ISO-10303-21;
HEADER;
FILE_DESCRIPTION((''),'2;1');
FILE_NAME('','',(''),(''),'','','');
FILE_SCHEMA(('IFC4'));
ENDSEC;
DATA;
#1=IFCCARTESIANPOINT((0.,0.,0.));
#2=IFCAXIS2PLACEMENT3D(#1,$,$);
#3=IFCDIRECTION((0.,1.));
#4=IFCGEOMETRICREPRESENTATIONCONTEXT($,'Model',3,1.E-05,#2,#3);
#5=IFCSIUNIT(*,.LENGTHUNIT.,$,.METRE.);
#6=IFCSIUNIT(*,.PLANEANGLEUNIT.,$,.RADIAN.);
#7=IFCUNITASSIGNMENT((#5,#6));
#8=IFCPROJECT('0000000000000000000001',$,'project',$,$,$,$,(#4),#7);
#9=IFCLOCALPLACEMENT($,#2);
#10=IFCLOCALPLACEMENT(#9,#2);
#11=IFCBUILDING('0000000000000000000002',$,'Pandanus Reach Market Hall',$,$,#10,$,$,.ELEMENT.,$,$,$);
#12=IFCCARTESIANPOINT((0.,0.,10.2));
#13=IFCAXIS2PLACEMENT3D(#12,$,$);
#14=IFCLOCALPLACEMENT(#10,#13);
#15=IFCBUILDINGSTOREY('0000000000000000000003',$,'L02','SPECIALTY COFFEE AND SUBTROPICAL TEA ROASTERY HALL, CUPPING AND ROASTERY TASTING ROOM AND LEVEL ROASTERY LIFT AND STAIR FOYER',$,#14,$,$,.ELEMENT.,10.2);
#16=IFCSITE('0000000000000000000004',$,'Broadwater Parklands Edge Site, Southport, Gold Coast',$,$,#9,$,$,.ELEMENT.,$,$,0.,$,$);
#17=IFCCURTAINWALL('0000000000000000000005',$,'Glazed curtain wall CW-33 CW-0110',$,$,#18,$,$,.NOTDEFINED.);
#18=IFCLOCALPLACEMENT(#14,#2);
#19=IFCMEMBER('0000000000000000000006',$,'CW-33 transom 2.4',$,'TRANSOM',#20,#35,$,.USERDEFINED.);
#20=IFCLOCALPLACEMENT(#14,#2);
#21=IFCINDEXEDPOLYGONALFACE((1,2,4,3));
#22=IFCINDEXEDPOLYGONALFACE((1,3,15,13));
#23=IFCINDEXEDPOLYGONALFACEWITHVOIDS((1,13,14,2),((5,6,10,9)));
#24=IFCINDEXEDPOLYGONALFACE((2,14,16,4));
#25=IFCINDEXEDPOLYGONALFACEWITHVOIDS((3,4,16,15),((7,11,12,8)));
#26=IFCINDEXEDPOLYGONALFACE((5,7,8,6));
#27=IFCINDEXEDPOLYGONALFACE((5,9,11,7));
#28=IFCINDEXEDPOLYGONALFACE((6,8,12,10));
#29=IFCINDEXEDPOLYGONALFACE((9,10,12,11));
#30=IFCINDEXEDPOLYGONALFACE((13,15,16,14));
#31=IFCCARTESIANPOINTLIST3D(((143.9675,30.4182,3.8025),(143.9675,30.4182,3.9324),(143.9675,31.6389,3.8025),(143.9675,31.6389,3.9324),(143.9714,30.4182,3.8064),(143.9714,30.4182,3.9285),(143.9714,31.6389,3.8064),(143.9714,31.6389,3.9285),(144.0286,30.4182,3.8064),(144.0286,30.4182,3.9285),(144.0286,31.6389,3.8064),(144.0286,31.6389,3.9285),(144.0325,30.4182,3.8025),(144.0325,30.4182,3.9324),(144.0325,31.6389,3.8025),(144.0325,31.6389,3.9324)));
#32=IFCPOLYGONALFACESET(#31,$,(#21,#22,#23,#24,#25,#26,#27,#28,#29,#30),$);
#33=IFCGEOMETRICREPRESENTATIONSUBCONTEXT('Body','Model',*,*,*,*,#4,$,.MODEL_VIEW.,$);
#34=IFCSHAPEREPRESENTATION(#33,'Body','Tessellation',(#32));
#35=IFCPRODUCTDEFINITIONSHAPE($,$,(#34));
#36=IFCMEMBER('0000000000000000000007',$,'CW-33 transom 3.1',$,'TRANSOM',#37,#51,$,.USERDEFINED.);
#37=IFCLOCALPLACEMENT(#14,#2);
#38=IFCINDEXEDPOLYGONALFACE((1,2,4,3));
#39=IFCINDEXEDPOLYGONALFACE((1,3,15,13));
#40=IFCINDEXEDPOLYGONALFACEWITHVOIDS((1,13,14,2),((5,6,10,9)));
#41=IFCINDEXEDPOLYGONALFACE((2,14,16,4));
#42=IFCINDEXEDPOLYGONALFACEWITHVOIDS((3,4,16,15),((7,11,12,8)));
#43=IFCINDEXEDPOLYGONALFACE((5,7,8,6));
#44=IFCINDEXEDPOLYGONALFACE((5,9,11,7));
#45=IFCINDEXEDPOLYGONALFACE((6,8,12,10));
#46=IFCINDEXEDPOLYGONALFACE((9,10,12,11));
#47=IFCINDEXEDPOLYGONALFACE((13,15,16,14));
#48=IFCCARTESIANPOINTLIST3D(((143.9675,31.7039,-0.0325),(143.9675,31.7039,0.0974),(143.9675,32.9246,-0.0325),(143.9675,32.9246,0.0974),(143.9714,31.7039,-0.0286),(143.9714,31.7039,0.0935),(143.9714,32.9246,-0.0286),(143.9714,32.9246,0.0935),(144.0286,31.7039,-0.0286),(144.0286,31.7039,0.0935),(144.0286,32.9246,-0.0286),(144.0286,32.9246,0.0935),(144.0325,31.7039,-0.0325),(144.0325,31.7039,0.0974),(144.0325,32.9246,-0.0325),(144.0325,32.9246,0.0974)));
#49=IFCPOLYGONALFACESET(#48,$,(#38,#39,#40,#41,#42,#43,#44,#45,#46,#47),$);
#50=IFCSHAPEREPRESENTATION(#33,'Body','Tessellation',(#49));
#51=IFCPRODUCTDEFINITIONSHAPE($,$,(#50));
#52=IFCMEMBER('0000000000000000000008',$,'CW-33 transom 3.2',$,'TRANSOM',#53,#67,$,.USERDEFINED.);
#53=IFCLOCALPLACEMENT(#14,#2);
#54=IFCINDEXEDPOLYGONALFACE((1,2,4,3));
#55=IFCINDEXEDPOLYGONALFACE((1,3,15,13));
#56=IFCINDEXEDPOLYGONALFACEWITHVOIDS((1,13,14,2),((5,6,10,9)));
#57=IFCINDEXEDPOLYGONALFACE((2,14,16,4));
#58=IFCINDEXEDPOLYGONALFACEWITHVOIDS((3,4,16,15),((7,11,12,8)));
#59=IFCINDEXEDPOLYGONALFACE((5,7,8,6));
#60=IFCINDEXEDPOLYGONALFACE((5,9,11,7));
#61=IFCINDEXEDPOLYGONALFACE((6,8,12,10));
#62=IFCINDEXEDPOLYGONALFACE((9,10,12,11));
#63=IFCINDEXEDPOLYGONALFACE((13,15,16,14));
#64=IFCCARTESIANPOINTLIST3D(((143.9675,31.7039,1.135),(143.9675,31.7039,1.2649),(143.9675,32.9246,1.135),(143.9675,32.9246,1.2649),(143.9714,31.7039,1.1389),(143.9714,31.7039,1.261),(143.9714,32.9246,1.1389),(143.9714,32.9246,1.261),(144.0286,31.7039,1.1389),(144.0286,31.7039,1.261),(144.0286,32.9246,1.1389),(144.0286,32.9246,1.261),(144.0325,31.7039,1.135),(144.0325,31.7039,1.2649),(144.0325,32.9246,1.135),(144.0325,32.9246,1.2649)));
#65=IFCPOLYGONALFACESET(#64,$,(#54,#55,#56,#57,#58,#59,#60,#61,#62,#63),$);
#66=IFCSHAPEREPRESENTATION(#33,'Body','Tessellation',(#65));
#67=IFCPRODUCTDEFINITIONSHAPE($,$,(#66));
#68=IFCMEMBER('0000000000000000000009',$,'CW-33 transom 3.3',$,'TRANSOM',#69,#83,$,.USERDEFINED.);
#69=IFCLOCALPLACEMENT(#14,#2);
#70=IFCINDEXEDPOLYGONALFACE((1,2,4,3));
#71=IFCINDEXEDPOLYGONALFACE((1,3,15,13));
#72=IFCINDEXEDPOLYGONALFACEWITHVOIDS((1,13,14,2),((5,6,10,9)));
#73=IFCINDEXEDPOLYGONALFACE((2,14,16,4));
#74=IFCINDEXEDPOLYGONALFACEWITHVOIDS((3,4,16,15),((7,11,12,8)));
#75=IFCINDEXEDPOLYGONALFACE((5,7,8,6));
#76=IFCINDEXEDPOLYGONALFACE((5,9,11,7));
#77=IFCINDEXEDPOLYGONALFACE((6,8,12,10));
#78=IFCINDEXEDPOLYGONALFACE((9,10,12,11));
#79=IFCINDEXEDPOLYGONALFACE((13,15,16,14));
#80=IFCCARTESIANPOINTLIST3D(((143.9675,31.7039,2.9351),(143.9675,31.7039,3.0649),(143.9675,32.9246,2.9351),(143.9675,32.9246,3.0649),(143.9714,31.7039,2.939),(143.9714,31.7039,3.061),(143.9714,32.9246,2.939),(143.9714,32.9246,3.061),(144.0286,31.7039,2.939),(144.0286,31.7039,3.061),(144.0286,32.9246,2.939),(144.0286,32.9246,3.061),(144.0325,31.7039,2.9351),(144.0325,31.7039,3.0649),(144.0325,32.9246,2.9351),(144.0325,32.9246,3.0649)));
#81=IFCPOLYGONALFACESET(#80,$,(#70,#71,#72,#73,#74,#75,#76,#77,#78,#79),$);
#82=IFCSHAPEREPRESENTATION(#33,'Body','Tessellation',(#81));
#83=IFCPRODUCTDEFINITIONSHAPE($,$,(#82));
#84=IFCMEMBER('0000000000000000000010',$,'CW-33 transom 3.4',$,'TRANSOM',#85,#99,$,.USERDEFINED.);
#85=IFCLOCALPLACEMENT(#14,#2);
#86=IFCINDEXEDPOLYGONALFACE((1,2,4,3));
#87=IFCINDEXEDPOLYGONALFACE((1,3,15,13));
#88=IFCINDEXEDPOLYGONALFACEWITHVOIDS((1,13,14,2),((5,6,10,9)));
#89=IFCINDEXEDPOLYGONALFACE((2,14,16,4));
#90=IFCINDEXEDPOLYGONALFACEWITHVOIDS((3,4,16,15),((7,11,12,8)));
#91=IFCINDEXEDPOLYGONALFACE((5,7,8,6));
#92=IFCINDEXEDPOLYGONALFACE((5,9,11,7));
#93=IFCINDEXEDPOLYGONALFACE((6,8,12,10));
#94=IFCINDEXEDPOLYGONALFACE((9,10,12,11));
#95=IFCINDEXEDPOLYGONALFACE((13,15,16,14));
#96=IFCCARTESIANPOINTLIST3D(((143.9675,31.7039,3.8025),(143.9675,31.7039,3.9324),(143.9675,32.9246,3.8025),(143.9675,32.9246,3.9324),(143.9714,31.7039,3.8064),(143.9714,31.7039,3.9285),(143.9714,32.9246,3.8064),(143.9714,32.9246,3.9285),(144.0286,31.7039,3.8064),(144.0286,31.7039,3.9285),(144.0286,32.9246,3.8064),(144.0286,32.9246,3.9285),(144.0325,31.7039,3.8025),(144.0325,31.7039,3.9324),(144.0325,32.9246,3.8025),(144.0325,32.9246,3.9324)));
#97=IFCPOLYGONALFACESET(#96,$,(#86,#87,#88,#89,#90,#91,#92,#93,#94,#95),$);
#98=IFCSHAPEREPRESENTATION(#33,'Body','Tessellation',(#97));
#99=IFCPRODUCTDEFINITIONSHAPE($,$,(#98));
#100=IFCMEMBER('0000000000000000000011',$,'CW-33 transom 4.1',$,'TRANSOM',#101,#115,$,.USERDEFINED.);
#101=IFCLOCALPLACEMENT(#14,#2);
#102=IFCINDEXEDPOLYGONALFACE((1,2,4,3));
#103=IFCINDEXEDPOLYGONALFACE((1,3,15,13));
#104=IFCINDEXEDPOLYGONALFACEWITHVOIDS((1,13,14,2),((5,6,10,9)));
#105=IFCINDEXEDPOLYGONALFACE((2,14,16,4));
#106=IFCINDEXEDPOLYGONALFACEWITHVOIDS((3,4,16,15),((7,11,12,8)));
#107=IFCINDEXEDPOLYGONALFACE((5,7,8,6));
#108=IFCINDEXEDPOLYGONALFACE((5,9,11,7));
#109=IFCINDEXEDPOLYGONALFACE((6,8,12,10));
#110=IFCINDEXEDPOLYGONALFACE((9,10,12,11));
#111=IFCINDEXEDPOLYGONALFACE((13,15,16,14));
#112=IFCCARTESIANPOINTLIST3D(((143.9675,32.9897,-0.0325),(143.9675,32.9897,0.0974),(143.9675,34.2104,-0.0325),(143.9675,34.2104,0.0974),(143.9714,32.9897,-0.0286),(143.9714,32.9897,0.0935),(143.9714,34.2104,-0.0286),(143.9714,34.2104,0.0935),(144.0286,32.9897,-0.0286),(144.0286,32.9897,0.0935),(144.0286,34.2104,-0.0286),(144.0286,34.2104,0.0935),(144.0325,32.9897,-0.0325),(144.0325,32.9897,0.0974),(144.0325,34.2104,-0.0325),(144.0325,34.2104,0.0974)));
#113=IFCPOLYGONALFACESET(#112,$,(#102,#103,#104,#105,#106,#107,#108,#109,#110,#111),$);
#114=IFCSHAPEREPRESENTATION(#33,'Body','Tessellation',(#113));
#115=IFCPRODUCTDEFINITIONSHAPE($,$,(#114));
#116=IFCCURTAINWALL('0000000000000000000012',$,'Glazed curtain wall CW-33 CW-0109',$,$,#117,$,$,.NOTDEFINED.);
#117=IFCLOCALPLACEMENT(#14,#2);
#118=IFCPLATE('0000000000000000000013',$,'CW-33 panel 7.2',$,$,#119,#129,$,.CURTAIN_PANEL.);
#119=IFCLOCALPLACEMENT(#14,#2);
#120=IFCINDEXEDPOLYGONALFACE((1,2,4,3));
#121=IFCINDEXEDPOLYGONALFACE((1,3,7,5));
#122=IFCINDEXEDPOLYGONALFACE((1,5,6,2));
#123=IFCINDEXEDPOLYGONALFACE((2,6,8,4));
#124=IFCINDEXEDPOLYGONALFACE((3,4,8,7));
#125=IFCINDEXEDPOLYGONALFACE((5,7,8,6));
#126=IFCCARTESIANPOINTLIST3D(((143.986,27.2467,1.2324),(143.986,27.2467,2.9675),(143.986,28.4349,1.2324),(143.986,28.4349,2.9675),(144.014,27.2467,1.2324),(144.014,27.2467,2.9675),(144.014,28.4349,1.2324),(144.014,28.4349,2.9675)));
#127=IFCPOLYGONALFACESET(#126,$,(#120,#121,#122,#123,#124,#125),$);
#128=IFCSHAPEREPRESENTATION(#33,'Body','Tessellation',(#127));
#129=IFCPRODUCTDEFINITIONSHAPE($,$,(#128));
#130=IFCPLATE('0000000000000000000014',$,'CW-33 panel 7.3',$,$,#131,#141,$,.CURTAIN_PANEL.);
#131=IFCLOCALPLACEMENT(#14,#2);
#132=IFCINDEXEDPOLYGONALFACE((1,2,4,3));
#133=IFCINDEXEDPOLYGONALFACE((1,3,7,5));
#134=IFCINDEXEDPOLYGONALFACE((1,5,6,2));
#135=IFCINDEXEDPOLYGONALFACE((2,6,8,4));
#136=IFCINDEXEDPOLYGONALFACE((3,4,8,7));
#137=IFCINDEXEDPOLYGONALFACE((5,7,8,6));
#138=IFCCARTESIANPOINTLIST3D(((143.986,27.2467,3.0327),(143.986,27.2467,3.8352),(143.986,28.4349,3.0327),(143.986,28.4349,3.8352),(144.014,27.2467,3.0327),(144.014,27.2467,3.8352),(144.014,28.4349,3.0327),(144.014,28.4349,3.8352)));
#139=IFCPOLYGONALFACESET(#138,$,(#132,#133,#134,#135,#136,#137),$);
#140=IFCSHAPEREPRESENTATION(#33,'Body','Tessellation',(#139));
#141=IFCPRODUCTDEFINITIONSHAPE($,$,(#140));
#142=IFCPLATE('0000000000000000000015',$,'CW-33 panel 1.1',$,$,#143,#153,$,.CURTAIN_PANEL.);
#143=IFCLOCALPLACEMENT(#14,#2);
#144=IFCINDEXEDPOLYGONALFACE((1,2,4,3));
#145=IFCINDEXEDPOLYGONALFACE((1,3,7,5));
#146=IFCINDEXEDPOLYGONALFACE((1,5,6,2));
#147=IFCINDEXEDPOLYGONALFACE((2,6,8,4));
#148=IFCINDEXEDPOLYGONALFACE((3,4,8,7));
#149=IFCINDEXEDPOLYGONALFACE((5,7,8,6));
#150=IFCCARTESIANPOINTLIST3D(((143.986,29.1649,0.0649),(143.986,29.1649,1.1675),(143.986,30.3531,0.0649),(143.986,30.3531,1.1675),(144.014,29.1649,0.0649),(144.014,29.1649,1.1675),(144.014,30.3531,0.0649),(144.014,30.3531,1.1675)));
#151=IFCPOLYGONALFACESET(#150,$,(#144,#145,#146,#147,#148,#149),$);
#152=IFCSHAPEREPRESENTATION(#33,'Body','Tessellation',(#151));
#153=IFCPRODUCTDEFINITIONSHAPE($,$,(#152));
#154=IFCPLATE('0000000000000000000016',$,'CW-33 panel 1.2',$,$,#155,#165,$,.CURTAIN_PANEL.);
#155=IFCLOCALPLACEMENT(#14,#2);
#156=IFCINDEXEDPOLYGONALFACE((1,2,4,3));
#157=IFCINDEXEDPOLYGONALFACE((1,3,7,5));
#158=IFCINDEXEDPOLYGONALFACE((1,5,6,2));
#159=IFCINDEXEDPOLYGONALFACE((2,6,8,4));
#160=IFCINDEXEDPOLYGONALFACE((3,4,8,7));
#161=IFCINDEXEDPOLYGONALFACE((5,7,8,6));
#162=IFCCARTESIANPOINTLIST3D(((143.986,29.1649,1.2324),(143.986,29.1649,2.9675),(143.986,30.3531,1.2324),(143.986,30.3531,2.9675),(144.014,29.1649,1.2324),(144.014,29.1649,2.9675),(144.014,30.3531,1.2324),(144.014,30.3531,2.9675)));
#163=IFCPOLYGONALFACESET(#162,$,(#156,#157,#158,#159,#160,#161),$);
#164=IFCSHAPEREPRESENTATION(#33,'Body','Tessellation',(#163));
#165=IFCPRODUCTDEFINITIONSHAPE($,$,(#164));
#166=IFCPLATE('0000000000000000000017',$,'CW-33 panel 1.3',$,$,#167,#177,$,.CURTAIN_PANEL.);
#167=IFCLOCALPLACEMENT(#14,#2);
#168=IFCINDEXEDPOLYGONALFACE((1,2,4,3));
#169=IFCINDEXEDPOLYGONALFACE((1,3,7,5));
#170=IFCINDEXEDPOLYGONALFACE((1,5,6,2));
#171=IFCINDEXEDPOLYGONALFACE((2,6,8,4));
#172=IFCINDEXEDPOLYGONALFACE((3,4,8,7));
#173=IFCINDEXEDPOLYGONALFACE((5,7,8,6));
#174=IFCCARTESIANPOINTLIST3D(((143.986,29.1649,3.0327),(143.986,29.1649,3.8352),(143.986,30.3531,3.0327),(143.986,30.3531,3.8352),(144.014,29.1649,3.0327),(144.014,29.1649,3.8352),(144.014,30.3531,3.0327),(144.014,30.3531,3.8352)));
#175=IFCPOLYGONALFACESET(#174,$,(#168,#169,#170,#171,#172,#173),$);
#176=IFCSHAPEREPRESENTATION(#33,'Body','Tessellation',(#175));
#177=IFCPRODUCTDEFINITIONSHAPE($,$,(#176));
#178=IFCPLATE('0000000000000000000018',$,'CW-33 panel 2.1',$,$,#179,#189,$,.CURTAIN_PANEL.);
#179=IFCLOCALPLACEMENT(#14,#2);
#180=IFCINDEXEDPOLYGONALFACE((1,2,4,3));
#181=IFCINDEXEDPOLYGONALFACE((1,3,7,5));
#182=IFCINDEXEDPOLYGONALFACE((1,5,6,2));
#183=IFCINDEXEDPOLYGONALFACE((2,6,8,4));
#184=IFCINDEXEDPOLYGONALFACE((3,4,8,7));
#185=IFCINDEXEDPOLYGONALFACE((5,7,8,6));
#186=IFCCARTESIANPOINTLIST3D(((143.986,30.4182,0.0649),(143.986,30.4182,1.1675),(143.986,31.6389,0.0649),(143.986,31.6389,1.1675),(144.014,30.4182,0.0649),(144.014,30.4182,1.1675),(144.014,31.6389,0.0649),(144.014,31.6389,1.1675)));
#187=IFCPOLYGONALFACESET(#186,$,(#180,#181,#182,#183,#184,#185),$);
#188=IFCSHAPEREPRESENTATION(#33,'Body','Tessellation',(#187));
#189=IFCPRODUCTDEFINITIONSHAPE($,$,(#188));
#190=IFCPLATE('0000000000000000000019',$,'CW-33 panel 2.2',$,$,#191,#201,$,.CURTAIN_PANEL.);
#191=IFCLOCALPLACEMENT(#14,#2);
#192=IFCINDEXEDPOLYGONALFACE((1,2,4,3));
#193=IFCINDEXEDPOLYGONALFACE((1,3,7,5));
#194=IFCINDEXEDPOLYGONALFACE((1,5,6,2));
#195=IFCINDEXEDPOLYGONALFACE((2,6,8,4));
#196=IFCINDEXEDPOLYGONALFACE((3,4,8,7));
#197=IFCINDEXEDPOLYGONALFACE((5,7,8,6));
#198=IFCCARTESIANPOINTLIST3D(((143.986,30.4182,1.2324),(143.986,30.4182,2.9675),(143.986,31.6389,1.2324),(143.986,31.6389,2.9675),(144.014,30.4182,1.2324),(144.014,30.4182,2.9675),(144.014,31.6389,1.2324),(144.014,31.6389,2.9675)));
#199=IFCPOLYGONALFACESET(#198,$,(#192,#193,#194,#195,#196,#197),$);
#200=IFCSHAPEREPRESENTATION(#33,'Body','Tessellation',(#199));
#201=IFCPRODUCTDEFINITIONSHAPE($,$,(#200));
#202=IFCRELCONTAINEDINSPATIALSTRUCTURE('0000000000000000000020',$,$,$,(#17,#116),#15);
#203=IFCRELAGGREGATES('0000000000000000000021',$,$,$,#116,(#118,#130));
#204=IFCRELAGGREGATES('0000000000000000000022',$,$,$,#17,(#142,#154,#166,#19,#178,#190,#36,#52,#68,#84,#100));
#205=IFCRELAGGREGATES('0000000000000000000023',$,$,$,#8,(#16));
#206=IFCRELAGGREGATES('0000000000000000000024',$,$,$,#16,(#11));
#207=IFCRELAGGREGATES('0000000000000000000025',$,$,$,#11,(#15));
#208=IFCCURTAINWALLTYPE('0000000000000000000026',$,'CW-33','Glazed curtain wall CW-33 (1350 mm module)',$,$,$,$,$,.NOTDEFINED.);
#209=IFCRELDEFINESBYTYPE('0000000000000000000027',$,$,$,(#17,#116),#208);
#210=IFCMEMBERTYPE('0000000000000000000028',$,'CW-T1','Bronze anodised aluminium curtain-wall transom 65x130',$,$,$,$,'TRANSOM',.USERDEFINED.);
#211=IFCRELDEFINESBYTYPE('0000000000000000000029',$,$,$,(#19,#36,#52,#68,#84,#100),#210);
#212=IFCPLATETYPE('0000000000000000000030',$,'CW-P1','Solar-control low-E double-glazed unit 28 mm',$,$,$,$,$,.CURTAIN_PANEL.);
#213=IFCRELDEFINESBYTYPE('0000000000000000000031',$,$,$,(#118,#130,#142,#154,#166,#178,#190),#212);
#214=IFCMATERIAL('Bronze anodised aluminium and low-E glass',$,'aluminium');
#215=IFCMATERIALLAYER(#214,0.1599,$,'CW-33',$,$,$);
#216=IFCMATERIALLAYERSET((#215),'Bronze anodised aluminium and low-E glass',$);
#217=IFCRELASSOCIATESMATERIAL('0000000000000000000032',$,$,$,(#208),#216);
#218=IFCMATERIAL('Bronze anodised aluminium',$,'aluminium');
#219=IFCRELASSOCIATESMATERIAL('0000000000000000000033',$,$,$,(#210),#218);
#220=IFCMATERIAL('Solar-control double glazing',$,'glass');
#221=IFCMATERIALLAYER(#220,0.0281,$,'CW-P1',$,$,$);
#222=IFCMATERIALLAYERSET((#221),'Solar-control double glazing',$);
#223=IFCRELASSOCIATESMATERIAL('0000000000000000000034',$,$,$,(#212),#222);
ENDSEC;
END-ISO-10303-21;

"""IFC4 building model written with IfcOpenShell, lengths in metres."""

from ifc_helpers import new_model, si_unit, direction, frame, origin, origin_2d, place, context, subcontext, project, spatial, rectangle, hollow_rectangle, extrude, material, layer, layer_set, material_profile, profile_set, type_object, element, aggregate, save


model = new_model("IFC4")

# Units and contexts
model_context = context("Model", 3, precision=1e-05, world=origin(), true_north=direction((0.0, 1.0)))
body_context = subcontext(model_context, "Body", "Model", "MODEL_VIEW")
ifc_project = project(units=[si_unit("LENGTHUNIT", "METRE"), si_unit("PLANEANGLEUNIT", "RADIAN")], contexts=[model_context])

# Site, building, storey
site_placement = place(None, origin())
site = spatial("IfcSite", under=ifc_project, at=site_placement, Name="Broadwater Parklands Edge Site, Southport, Gold Coast", CompositionType="ELEMENT", RefElevation=0.0)
building_placement = place(site_placement, origin())
building = spatial("IfcBuilding", under=site, at=building_placement, Name="Pandanus Reach Market Hall", CompositionType="ELEMENT")
storey_placement = place(building_placement, frame((0.0, 0.0, 10.2)))
storey = spatial("IfcBuildingStorey", under=building, at=storey_placement, Name="L02", Description="SPECIALTY COFFEE AND SUBTROPICAL TEA ROASTERY HALL, CUPPING AND ROASTERY TASTING ROOM AND LEVEL ROASTERY LIFT AND STAIR FOYER", CompositionType="ELEMENT", Elevation=10.2)

# Curtain wall, members
ifc_material_1 = material(Name="Bronze anodised aluminium and low-E glass", Category="aluminium")
ifc_layer_1 = layer(ifc_material_1, 0.1599, Name="CW-33")
ifc_layer_set_1 = layer_set([ifc_layer_1], Name="Bronze anodised aluminium and low-E glass")
curtain_wall_type = type_object("IfcCurtainWallType", Name="CW-33", Description="Glazed curtain wall CW-33 (1350 mm module)", PredefinedType="NOTDEFINED", material=ifc_layer_set_1)
curtain_wall_1_placement = place(storey_placement, origin())
curtain_wall_1 = element("IfcCurtainWall", 1, at=curtain_wall_1_placement, inside=storey, type_object=curtain_wall_type, Name="Glazed curtain wall CW-33 CW-0110", PredefinedType="NOTDEFINED")
ifc_material_2 = material(Name="Bronze anodised aluminium", Category="aluminium")
ifc_material_profile_1 = material_profile(ifc_material_2, hollow_rectangle(XDim=0.0649, YDim=0.1299, WallThickness=0.0039, at=origin_2d()), Name="ALU65x130", Category="LoadBearing")
ifc_profile_set_1 = profile_set([ifc_material_profile_1], Name="Bronze anodised aluminium")
member_type_1 = type_object("IfcMemberType", Name="CW-T1", Description="Bronze anodised aluminium curtain-wall transom 65x130", ElementType="TRANSOM", PredefinedType="USERDEFINED", material=ifc_profile_set_1)
member_1_placement = place(storey_placement, frame((144.0, 30.4182, 3.8674), z_axis=(0.0, 1.0, 0.0), x_axis=(-1.0, 0.0, 0.0)))
member_1 = element("IfcMember", 2, at=member_1_placement, type_object=member_type_1, Name="CW-33 transom 2.4", ObjectType="TRANSOM", PredefinedType="USERDEFINED", context=body_context, shape_type="SweptSolid", body=[
    extrude(hollow_rectangle(XDim=0.0649, YDim=0.1299, WallThickness=0.0039, at=origin_2d()), origin(), (0.0, 0.0, 1.0), 1.2207),
])
member_2_placement = place(storey_placement, frame((144.0, 31.7039, 0.0325), z_axis=(0.0, 1.0, 0.0), x_axis=(-1.0, 0.0, 0.0)))
member_2 = element("IfcMember", 3, at=member_2_placement, type_object=member_type_1, Name="CW-33 transom 3.1", ObjectType="TRANSOM", PredefinedType="USERDEFINED", context=body_context, shape_type="SweptSolid", body=[
    extrude(hollow_rectangle(XDim=0.0649, YDim=0.1299, WallThickness=0.0039, at=origin_2d()), origin(), (0.0, 0.0, 1.0), 1.2207),
])
member_3_placement = place(storey_placement, frame((144.0, 31.7039, 1.2), z_axis=(0.0, 1.0, 0.0), x_axis=(-1.0, 0.0, 0.0)))
member_3 = element("IfcMember", 4, at=member_3_placement, type_object=member_type_1, Name="CW-33 transom 3.2", ObjectType="TRANSOM", PredefinedType="USERDEFINED", context=body_context, shape_type="SweptSolid", body=[
    extrude(hollow_rectangle(XDim=0.0649, YDim=0.1299, WallThickness=0.0039, at=origin_2d()), origin(), (0.0, 0.0, 1.0), 1.2207),
])
member_4_placement = place(storey_placement, frame((144.0, 31.7039, 3.0), z_axis=(0.0, 1.0, 0.0), x_axis=(-1.0, 0.0, 0.0)))
member_4 = element("IfcMember", 5, at=member_4_placement, type_object=member_type_1, Name="CW-33 transom 3.3", ObjectType="TRANSOM", PredefinedType="USERDEFINED", context=body_context, shape_type="SweptSolid", body=[
    extrude(hollow_rectangle(XDim=0.0649, YDim=0.1299, WallThickness=0.0039, at=origin_2d()), origin(), (0.0, 0.0, 1.0), 1.2207),
])
member_5_placement = place(storey_placement, frame((144.0, 31.7039, 3.8674), z_axis=(0.0, 1.0, 0.0), x_axis=(-1.0, 0.0, 0.0)))
member_5 = element("IfcMember", 6, at=member_5_placement, type_object=member_type_1, Name="CW-33 transom 3.4", ObjectType="TRANSOM", PredefinedType="USERDEFINED", context=body_context, shape_type="SweptSolid", body=[
    extrude(hollow_rectangle(XDim=0.0649, YDim=0.1299, WallThickness=0.0039, at=origin_2d()), origin(), (0.0, 0.0, 1.0), 1.2207),
])
member_6_placement = place(storey_placement, frame((144.0, 32.9897, 0.0325), z_axis=(0.0, 1.0, 0.0), x_axis=(-1.0, 0.0, 0.0)))
member_6 = element("IfcMember", 7, at=member_6_placement, type_object=member_type_1, Name="CW-33 transom 4.1", ObjectType="TRANSOM", PredefinedType="USERDEFINED", context=body_context, shape_type="SweptSolid", body=[
    extrude(hollow_rectangle(XDim=0.0649, YDim=0.1299, WallThickness=0.0039, at=origin_2d()), origin(), (0.0, 0.0, 1.0), 1.2207),
])

# Curtain wall, plates
curtain_wall_2_placement = place(storey_placement, origin())
curtain_wall_2 = element("IfcCurtainWall", 8, at=curtain_wall_2_placement, inside=storey, type_object=curtain_wall_type, Name="Glazed curtain wall CW-33 CW-0109", PredefinedType="NOTDEFINED")
ifc_material_3 = material(Name="Solar-control double glazing", Category="glass")
ifc_layer_2 = layer(ifc_material_3, 0.0281, Name="CW-P1")
ifc_layer_set_2 = layer_set([ifc_layer_2], Name="Solar-control double glazing")
plate_type = type_object("IfcPlateType", Name="CW-P1", Description="Solar-control low-E double-glazed unit 28 mm", PredefinedType="CURTAIN_PANEL", material=ifc_layer_set_2)
plate_1_placement = place(storey_placement, frame((144.0, 27.8408, 1.2324), z_axis=(0.0, 0.0, 1.0), x_axis=(0.0, 1.0, 0.0)))
plate_1 = element("IfcPlate", 9, at=plate_1_placement, type_object=plate_type, Name="CW-33 panel 7.2", PredefinedType="CURTAIN_PANEL", context=body_context, shape_type="SweptSolid", body=[
    extrude(rectangle(XDim=1.1882, YDim=0.0281, at=origin_2d()), origin(), (0.0, 0.0, 1.0), 1.7351),
])
plate_2_placement = place(storey_placement, frame((144.0, 27.8408, 3.0327), z_axis=(0.0, 0.0, 1.0), x_axis=(0.0, 1.0, 0.0)))
plate_2 = element("IfcPlate", 10, at=plate_2_placement, type_object=plate_type, Name="CW-33 panel 7.3", PredefinedType="CURTAIN_PANEL", context=body_context, shape_type="SweptSolid", body=[
    extrude(rectangle(XDim=1.1882, YDim=0.0281, at=origin_2d()), origin(), (0.0, 0.0, 1.0), 0.8025),
])
aggregate(curtain_wall_2, [plate_1, plate_2])

# Plates
plate_3_placement = place(storey_placement, frame((144.0, 29.759, 0.0649), z_axis=(0.0, 0.0, 1.0), x_axis=(0.0, 1.0, 0.0)))
plate_3 = element("IfcPlate", 11, at=plate_3_placement, type_object=plate_type, Name="CW-33 panel 1.1", PredefinedType="CURTAIN_PANEL", context=body_context, shape_type="SweptSolid", body=[
    extrude(rectangle(XDim=1.1882, YDim=0.0281, at=origin_2d()), origin(), (0.0, 0.0, 1.0), 1.1025),
])
plate_4_placement = place(storey_placement, frame((144.0, 29.759, 1.2324), z_axis=(0.0, 0.0, 1.0), x_axis=(0.0, 1.0, 0.0)))
plate_4 = element("IfcPlate", 12, at=plate_4_placement, type_object=plate_type, Name="CW-33 panel 1.2", PredefinedType="CURTAIN_PANEL", context=body_context, shape_type="SweptSolid", body=[
    extrude(rectangle(XDim=1.1882, YDim=0.0281, at=origin_2d()), origin(), (0.0, 0.0, 1.0), 1.7351),
])
plate_5_placement = place(storey_placement, frame((144.0, 29.759, 3.0327), z_axis=(0.0, 0.0, 1.0), x_axis=(0.0, 1.0, 0.0)))
plate_5 = element("IfcPlate", 13, at=plate_5_placement, type_object=plate_type, Name="CW-33 panel 1.3", PredefinedType="CURTAIN_PANEL", context=body_context, shape_type="SweptSolid", body=[
    extrude(rectangle(XDim=1.1882, YDim=0.0281, at=origin_2d()), origin(), (0.0, 0.0, 1.0), 0.8025),
])
plate_6_placement = place(storey_placement, frame((144.0, 31.0286, 0.0649), z_axis=(0.0, 0.0, 1.0), x_axis=(0.0, 1.0, 0.0)))
plate_6 = element("IfcPlate", 14, at=plate_6_placement, type_object=plate_type, Name="CW-33 panel 2.1", PredefinedType="CURTAIN_PANEL", context=body_context, shape_type="SweptSolid", body=[
    extrude(rectangle(XDim=1.2207, YDim=0.0281, at=origin_2d()), origin(), (0.0, 0.0, 1.0), 1.1025),
])
plate_7_placement = place(storey_placement, frame((144.0, 31.0286, 1.2324), z_axis=(0.0, 0.0, 1.0), x_axis=(0.0, 1.0, 0.0)))
plate_7 = element("IfcPlate", 15, at=plate_7_placement, type_object=plate_type, Name="CW-33 panel 2.2", PredefinedType="CURTAIN_PANEL", context=body_context, shape_type="SweptSolid", body=[
    extrude(rectangle(XDim=1.2207, YDim=0.0281, at=origin_2d()), origin(), (0.0, 0.0, 1.0), 1.7351),
])
aggregate(curtain_wall_1, [plate_3, plate_4, plate_5, member_1, plate_6, plate_7, member_2, member_3, member_4, member_5, member_6])

save(model, "model.ifc")
